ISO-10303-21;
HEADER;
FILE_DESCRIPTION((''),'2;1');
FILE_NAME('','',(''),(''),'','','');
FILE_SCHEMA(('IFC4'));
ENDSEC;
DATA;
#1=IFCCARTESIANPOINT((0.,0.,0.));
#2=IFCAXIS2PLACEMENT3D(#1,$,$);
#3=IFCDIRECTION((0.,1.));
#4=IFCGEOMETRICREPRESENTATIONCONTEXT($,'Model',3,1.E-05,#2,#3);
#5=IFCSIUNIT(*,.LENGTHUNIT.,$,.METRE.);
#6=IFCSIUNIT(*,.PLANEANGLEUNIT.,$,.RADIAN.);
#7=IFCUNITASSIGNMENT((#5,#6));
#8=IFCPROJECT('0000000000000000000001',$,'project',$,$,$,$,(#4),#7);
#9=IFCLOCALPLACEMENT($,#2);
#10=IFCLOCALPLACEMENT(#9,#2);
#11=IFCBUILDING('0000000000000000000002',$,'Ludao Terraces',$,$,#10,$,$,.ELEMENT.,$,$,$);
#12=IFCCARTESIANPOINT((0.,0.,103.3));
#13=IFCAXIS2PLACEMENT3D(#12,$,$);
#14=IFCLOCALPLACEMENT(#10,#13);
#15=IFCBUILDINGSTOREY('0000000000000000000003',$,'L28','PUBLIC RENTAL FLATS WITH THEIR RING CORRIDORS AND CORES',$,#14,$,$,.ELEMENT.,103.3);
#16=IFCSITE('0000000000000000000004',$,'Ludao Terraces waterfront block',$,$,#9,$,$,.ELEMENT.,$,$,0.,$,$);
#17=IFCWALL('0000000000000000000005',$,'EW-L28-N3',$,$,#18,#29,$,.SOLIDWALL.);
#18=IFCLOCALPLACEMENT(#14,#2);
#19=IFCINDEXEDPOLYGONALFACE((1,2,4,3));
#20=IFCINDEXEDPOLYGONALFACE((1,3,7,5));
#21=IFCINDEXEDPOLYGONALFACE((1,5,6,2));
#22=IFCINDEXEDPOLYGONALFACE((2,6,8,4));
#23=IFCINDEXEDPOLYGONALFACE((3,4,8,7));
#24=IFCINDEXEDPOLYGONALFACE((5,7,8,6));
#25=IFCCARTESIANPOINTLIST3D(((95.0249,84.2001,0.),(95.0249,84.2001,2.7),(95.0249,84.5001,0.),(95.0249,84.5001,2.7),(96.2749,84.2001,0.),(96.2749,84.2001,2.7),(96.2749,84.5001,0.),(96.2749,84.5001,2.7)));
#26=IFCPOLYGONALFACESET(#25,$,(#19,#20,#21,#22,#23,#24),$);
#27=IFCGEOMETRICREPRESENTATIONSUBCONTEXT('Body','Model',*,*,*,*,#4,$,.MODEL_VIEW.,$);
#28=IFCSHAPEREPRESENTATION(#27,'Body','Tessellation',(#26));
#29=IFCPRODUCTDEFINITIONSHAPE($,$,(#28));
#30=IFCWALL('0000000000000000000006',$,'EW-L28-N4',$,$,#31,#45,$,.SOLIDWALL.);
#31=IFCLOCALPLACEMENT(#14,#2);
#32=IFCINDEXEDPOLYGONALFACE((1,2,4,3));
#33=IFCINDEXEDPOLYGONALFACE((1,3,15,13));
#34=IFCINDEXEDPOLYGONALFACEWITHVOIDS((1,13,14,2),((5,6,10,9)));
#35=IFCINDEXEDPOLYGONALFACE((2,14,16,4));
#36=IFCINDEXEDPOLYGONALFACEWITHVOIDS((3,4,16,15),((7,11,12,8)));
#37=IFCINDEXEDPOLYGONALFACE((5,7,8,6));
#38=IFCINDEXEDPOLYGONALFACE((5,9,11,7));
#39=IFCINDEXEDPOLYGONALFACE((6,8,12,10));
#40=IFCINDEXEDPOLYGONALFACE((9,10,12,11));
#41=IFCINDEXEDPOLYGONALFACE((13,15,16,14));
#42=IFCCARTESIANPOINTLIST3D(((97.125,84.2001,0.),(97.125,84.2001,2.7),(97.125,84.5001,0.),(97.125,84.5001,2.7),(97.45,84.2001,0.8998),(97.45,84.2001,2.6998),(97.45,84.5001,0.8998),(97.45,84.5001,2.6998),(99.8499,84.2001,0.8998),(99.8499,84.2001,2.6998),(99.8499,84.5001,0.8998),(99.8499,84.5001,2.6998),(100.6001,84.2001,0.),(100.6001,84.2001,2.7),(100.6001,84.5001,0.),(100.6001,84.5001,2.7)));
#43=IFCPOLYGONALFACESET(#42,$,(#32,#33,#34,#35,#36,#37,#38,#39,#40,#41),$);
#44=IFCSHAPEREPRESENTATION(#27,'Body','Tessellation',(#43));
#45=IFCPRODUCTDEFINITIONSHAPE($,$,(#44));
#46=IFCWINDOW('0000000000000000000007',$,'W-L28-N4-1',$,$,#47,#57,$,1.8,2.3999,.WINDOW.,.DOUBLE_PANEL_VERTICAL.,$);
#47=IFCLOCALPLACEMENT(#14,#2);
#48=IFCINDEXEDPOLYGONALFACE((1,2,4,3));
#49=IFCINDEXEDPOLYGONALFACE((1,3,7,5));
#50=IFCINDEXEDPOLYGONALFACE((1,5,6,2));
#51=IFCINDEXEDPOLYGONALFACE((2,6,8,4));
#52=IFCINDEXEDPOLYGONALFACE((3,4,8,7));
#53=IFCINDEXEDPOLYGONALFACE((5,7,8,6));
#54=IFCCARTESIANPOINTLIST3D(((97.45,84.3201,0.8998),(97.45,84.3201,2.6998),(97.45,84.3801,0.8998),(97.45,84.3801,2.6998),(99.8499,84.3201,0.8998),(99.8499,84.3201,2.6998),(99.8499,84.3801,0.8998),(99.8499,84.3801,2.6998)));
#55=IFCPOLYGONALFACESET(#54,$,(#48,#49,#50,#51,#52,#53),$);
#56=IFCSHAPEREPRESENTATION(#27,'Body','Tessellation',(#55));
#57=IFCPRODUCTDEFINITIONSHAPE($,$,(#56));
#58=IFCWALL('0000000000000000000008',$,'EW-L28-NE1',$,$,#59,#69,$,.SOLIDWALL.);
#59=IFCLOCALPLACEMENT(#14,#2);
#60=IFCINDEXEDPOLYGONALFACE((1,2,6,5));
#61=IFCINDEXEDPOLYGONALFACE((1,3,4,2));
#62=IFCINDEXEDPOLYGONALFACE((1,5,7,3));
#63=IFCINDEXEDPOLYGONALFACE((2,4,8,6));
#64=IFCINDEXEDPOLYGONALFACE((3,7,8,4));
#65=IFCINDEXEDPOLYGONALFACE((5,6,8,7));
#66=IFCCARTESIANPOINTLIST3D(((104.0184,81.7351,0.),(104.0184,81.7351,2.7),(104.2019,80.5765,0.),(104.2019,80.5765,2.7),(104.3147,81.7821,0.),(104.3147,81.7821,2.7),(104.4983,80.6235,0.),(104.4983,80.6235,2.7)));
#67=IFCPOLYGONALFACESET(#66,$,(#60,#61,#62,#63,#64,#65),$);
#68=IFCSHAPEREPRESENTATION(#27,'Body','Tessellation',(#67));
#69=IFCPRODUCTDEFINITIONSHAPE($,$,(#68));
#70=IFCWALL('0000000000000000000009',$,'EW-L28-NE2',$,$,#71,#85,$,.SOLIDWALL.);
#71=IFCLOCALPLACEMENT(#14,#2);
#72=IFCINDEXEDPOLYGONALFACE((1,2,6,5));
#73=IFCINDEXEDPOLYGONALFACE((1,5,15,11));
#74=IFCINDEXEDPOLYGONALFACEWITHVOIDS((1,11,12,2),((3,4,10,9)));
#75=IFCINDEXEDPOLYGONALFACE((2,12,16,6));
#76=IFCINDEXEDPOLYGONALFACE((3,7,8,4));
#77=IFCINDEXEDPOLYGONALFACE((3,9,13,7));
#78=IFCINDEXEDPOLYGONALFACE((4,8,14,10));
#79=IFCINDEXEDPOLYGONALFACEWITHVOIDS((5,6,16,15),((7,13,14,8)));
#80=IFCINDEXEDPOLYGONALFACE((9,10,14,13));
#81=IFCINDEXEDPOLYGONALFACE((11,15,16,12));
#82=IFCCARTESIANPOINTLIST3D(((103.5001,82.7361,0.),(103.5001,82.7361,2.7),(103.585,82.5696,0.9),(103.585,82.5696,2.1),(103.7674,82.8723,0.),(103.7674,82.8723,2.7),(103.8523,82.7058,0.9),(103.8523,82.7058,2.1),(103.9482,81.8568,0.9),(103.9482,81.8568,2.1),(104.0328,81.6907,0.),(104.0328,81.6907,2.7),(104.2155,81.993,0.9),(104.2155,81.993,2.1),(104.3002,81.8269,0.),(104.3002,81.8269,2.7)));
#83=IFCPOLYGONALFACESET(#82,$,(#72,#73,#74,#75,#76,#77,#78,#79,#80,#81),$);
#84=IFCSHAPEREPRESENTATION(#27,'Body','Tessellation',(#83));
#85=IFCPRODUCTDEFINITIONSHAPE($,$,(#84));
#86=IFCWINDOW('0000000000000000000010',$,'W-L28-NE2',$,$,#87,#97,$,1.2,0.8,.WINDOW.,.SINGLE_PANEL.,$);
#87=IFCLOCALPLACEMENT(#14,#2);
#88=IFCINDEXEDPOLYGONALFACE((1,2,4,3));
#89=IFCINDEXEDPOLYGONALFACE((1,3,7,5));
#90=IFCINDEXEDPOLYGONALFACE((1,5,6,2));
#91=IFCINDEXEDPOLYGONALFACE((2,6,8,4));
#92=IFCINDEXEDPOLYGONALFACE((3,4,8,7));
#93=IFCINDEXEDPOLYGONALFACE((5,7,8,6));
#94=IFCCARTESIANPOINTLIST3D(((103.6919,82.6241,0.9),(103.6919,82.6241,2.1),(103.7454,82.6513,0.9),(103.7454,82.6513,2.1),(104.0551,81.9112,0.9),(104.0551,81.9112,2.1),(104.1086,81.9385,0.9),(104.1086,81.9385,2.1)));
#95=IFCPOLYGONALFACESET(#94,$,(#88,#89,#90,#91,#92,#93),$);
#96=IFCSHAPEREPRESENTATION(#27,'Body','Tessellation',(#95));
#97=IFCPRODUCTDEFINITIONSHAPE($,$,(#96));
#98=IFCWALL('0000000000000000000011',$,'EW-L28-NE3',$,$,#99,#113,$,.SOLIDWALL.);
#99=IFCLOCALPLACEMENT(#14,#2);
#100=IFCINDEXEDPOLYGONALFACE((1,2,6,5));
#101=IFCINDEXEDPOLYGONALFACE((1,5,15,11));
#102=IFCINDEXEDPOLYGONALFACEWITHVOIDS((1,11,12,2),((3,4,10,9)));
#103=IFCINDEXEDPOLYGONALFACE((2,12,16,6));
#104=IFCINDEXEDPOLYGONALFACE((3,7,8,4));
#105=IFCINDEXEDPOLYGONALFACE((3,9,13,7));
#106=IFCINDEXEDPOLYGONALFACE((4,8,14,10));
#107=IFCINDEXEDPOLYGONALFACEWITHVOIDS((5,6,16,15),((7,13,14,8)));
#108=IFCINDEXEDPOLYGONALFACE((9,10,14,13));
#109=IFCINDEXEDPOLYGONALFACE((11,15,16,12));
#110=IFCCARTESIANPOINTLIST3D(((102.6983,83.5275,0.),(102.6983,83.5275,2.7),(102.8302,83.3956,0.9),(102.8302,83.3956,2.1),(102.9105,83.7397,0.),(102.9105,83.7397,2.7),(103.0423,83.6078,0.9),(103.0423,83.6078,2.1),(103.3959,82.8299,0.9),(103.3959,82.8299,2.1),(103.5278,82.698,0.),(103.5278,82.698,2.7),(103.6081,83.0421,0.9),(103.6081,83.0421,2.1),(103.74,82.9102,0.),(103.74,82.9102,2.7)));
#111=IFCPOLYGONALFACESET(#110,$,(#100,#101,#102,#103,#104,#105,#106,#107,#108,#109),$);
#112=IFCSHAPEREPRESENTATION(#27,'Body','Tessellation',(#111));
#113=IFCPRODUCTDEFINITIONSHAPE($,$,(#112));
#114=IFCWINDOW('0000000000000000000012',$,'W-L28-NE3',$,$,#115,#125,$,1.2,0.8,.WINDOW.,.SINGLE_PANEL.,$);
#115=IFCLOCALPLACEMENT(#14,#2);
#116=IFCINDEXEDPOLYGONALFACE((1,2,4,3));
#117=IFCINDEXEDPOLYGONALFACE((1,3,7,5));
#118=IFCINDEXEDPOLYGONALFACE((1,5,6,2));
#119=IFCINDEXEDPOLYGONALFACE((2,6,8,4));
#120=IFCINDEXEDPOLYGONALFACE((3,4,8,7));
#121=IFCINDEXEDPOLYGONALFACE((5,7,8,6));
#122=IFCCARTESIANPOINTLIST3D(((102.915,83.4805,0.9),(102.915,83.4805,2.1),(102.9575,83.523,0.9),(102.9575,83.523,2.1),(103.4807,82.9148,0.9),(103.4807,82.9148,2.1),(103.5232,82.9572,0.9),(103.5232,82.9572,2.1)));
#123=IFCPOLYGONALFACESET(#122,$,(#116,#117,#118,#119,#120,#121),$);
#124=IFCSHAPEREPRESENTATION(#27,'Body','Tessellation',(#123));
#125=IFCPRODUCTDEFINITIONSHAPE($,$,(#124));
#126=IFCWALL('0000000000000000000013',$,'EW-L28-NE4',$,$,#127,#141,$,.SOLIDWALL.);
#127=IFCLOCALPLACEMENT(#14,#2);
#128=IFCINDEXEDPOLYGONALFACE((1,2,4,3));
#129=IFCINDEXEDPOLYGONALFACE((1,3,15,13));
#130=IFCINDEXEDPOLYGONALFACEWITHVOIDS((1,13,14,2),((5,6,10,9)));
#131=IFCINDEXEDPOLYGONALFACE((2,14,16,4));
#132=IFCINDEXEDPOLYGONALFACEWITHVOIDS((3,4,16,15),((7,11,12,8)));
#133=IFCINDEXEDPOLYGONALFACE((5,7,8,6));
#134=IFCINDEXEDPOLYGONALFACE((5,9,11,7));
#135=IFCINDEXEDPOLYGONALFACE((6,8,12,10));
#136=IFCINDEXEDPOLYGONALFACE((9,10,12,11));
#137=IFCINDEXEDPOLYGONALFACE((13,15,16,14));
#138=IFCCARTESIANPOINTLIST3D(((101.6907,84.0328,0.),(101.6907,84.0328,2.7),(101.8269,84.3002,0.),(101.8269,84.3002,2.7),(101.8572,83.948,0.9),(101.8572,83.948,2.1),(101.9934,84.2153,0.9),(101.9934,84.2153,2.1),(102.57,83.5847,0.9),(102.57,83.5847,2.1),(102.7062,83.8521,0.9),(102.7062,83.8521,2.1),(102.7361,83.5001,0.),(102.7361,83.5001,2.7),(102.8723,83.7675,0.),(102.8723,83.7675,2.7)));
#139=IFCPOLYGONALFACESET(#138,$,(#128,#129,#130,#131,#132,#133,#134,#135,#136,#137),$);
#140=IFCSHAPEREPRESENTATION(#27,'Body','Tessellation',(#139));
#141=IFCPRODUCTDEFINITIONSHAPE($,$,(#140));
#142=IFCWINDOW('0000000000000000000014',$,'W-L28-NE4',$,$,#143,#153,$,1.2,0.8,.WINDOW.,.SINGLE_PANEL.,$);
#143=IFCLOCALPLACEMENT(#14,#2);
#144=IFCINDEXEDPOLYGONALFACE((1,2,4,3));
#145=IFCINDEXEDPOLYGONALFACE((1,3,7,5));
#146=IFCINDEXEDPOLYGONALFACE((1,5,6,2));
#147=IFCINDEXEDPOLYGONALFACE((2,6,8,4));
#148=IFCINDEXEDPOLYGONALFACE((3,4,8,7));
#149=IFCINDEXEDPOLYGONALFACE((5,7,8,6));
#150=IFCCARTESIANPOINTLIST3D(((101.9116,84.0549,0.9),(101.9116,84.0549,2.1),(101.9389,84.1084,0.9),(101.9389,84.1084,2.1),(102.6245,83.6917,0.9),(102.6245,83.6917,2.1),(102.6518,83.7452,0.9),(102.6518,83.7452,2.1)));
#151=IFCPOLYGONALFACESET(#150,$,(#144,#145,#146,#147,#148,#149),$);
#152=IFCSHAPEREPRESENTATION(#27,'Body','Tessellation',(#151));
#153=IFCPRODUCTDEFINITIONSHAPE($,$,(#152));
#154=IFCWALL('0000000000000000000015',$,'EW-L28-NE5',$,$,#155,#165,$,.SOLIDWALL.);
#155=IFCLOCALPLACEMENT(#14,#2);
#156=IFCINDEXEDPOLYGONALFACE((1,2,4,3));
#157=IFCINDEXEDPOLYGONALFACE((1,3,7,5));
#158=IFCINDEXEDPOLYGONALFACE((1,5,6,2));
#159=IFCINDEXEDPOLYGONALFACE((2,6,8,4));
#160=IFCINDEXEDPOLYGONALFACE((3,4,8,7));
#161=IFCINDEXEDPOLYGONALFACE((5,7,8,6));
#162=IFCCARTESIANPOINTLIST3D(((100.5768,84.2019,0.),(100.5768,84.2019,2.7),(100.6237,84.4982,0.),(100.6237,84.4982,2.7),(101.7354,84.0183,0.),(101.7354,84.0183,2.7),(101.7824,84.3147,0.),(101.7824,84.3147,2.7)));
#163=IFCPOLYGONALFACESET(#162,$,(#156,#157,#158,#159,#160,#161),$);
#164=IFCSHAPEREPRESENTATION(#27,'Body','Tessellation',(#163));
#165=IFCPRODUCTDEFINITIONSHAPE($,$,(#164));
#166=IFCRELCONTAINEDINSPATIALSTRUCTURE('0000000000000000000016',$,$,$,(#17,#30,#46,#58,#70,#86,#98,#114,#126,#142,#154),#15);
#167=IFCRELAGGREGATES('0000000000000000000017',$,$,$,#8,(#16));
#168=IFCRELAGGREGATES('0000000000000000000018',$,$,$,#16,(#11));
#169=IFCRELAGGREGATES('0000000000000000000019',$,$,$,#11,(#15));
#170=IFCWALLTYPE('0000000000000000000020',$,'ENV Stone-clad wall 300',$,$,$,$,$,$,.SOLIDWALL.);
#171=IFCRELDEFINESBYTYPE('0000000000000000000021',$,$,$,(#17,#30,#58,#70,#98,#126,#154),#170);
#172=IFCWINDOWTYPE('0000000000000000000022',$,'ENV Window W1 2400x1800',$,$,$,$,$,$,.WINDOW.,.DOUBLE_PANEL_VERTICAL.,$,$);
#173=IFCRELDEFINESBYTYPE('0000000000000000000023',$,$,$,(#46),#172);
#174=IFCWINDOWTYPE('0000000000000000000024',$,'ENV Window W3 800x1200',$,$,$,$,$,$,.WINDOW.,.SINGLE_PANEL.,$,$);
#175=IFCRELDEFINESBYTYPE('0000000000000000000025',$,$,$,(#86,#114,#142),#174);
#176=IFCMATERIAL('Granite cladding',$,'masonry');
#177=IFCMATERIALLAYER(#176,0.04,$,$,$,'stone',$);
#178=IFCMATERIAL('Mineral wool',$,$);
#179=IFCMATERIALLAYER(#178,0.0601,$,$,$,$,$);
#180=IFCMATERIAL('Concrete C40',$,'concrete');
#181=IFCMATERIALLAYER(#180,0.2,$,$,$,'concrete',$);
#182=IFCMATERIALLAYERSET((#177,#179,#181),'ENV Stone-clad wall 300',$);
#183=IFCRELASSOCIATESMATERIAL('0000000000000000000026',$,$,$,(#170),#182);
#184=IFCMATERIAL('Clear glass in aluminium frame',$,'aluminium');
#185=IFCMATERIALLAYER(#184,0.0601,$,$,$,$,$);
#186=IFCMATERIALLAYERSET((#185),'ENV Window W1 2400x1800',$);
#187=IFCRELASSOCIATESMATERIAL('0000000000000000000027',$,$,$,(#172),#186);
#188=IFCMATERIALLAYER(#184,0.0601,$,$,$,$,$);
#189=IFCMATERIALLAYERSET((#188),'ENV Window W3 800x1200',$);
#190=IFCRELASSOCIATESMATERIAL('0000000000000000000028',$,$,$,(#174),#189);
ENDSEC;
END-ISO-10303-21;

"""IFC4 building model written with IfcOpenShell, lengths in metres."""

from ifc_helpers import new_model, si_unit, direction, frame, frame_2d, origin, place, context, subcontext, project, spatial, rectangle, extrude, material, layer, layer_set, type_object, element, fill, save


model = new_model("IFC4")

# Units and contexts
model_context = context("Model", 3, precision=1e-05, world=origin(), true_north=direction((0.0, 1.0)))
body_context = subcontext(model_context, "Body", "Model", "MODEL_VIEW")
ifc_project = project(units=[si_unit("LENGTHUNIT", "METRE"), si_unit("PLANEANGLEUNIT", "RADIAN")], contexts=[model_context])

# Site, building, storey
site_placement = place(None, origin())
site = spatial("IfcSite", under=ifc_project, at=site_placement, Name="Ludao Terraces waterfront block", CompositionType="ELEMENT", RefElevation=0.0)
building_placement = place(site_placement, origin())
building = spatial("IfcBuilding", under=site, at=building_placement, Name="Ludao Terraces", CompositionType="ELEMENT")
storey_placement = place(building_placement, frame((0.0, 0.0, 103.3)))
storey = spatial("IfcBuildingStorey", under=building, at=storey_placement, Name="L28", Description="PUBLIC RENTAL FLATS WITH THEIR RING CORRIDORS AND CORES", CompositionType="ELEMENT", Elevation=103.3)

# Shared definitions
ifc_material_1 = material(Name="Concrete C40", Category="concrete")

# Shared definitions
ifc_material_2 = material(Name="Granite cladding", Category="masonry")
ifc_layer_1 = layer(ifc_material_2, 0.04, Category="stone")
ifc_material_3 = material(Name="Mineral wool")
ifc_layer_2 = layer(ifc_material_3, 0.0601)
ifc_layer_3 = layer(ifc_material_1, 0.2, Category="concrete")
ifc_layer_set_1 = layer_set([ifc_layer_1, ifc_layer_2, ifc_layer_3], Name="ENV Stone-clad wall 300")
wall_type_1 = type_object("IfcWallType", Name="ENV Stone-clad wall 300", PredefinedType="SOLIDWALL", material=ifc_layer_set_1)
ifc_material_4 = material(Name="Clear glass in aluminium frame", Category="aluminium")
ifc_layer_4 = layer(ifc_material_4, 0.0601)
ifc_layer_set_2 = layer_set([ifc_layer_4], Name="ENV Window W1 2400x1800")
window_type_1 = type_object("IfcWindowType", Name="ENV Window W1 2400x1800", PartitioningType="DOUBLE_PANEL_VERTICAL", PredefinedType="WINDOW", material=ifc_layer_set_2)

# Wall
wall_1_placement = place(storey_placement, frame((95.0249, 84.3501, 0.0), z_axis=(0.0, 0.0, 1.0), x_axis=(1.0, 0.0, 0.0)))
element("IfcWall", 1, at=wall_1_placement, inside=storey, type_object=wall_type_1, Name="EW-L28-N3", PredefinedType="SOLIDWALL", context=body_context, shape_type="SweptSolid", body=[
    extrude(rectangle(XDim=1.25, YDim=0.3, at=frame_2d((0.625, 0.0))), origin(), (0.0, 0.0, 1.0), 2.7),
])

# Wall, opening, window
wall_2_placement = place(storey_placement, frame((97.125, 84.3501, 0.0), z_axis=(0.0, 0.0, 1.0), x_axis=(1.0, 0.0, 0.0)))
wall_2 = element("IfcWall", 2, at=wall_2_placement, inside=storey, type_object=wall_type_1, Name="EW-L28-N4", PredefinedType="SOLIDWALL", context=body_context, shape_type="SweptSolid", body=[
    extrude(rectangle(XDim=3.4751, YDim=0.3, at=frame_2d((1.7375, 0.0))), origin(), (0.0, 0.0, 1.0), 2.7),
])
opening_1_placement = place(wall_2_placement, frame((0.325, 0.0, 0.8999)))
opening_1 = element("IfcOpeningElement", 3, at=opening_1_placement, cuts=wall_2, PredefinedType="OPENING", context=body_context, shape_type="SweptSolid", body=[
    extrude(rectangle(XDim=2.3999, YDim=1.8, at=frame_2d((1.2, 0.8999))), frame((0.0, 0.1602, 0.0), z_axis=(0.0, -1.0, 0.0), x_axis=(1.0, 0.0, 0.0)), (0.0, 0.0, 1.0), 0.3201),
])
window_1_placement = place(opening_1_placement, origin())
window_1 = element("IfcWindow", 4, at=window_1_placement, inside=storey, type_object=window_type_1, Name="W-L28-N4-1", OverallHeight=1.8, OverallWidth=2.3999, PartitioningType="DOUBLE_PANEL_VERTICAL", PredefinedType="WINDOW", context=body_context, shape_type="SweptSolid", body=[
    extrude(rectangle(XDim=2.3999, YDim=1.8, at=frame_2d((1.2, 0.8999))), frame((0.0, 0.03, 0.0), z_axis=(0.0, -1.0, 0.0), x_axis=(1.0, 0.0, 0.0)), (0.0, 0.0, 1.0), 0.0601),
])
fill(opening_1, window_1)

# Wall
wall_3_placement = place(storey_placement, frame((104.3501, 80.6001, 0.0), z_axis=(0.0, 0.0, 1.0), x_axis=(-0.156497, 0.987678, 0.0)))
element("IfcWall", 5, at=wall_3_placement, inside=storey, type_object=wall_type_1, Name="EW-L28-NE1", PredefinedType="SOLIDWALL", context=body_context, shape_type="SweptSolid", body=[
    extrude(rectangle(XDim=1.1731, YDim=0.3, at=frame_2d((0.5864, 0.0))), origin(), (0.0, 0.0, 1.0), 2.7),
])

# Walls, openings, windows
wall_4_placement = place(storey_placement, frame((104.1665, 81.7588, 0.0), z_axis=(0.0, 0.0, 1.0), x_axis=(-0.454026, 0.890989, 0.0)))
wall_4 = element("IfcWall", 6, at=wall_4_placement, inside=storey, type_object=wall_type_1, Name="EW-L28-NE2", PredefinedType="SOLIDWALL", context=body_context, shape_type="SweptSolid", body=[
    extrude(rectangle(XDim=1.1733, YDim=0.3, at=frame_2d((0.5867, 0.0))), origin(), (0.0, 0.0, 1.0), 2.7),
])
opening_2_placement = place(wall_4_placement, frame((0.1865, 0.0, 0.8999)))
opening_2 = element("IfcOpeningElement", 7, at=opening_2_placement, cuts=wall_4, PredefinedType="OPENING", context=body_context, shape_type="SweptSolid", body=[
    extrude(rectangle(XDim=0.8, YDim=1.2, at=frame_2d((0.3999, 0.6001))), frame((0.0, 0.1602, 0.0), z_axis=(0.0, -1.0, 0.0), x_axis=(1.0, 0.0, 0.0)), (0.0, 0.0, 1.0), 0.3201),
])
ifc_layer_5 = layer(ifc_material_4, 0.0601)
ifc_layer_set_3 = layer_set([ifc_layer_5], Name="ENV Window W3 800x1200")
window_type_2 = type_object("IfcWindowType", Name="ENV Window W3 800x1200", PartitioningType="SINGLE_PANEL", PredefinedType="WINDOW", material=ifc_layer_set_3)
window_2_placement = place(opening_2_placement, origin())
window_2 = element("IfcWindow", 8, at=window_2_placement, inside=storey, type_object=window_type_2, Name="W-L28-NE2", OverallHeight=1.2, OverallWidth=0.8, PartitioningType="SINGLE_PANEL", PredefinedType="WINDOW", context=body_context, shape_type="SweptSolid", body=[
    extrude(rectangle(XDim=0.8, YDim=1.2, at=frame_2d((0.3999, 0.6001))), frame((0.0, 0.03, 0.0), z_axis=(0.0, -1.0, 0.0), x_axis=(1.0, 0.0, 0.0)), (0.0, 0.0, 1.0), 0.0601),
])
fill(opening_2, window_2)
wall_5_placement = place(storey_placement, frame((103.6338, 82.8042, 0.0), z_axis=(0.0, 0.0, 1.0), x_axis=(-0.707107, 0.707107, 0.0)))
wall_5 = element("IfcWall", 9, at=wall_5_placement, inside=storey, type_object=wall_type_1, Name="EW-L28-NE3", PredefinedType="SOLIDWALL", context=body_context, shape_type="SweptSolid", body=[
    extrude(rectangle(XDim=1.1731, YDim=0.3, at=frame_2d((0.5864, 0.0))), origin(), (0.0, 0.0, 1.0), 2.7),
])
opening_3_placement = place(wall_5_placement, frame((0.1865, 0.0, 0.8999)))
opening_3 = element("IfcOpeningElement", 10, at=opening_3_placement, cuts=wall_5, PredefinedType="OPENING", context=body_context, shape_type="SweptSolid", body=[
    extrude(rectangle(XDim=0.8, YDim=1.2, at=frame_2d((0.3999, 0.6001))), frame((0.0, 0.1602, 0.0), z_axis=(0.0, -1.0, 0.0), x_axis=(1.0, 0.0, 0.0)), (0.0, 0.0, 1.0), 0.3201),
])
window_3_placement = place(opening_3_placement, origin())
window_3 = element("IfcWindow", 11, at=window_3_placement, inside=storey, type_object=window_type_2, Name="W-L28-NE3", OverallHeight=1.2, OverallWidth=0.8, PartitioningType="SINGLE_PANEL", PredefinedType="WINDOW", context=body_context, shape_type="SweptSolid", body=[
    extrude(rectangle(XDim=0.8, YDim=1.2, at=frame_2d((0.3999, 0.6001))), frame((0.0, 0.03, 0.0), z_axis=(0.0, -1.0, 0.0), x_axis=(1.0, 0.0, 0.0)), (0.0, 0.0, 1.0), 0.0601),
])
fill(opening_3, window_3)
wall_6_placement = place(storey_placement, frame((102.8042, 83.6338, 0.0), z_axis=(0.0, 0.0, 1.0), x_axis=(-0.890989, 0.454026, 0.0)))
wall_6 = element("IfcWall", 12, at=wall_6_placement, inside=storey, type_object=wall_type_1, Name="EW-L28-NE4", PredefinedType="SOLIDWALL", context=body_context, shape_type="SweptSolid", body=[
    extrude(rectangle(XDim=1.1733, YDim=0.3, at=frame_2d((0.5867, 0.0))), origin(), (0.0, 0.0, 1.0), 2.7),
])
opening_4_placement = place(wall_6_placement, frame((0.1865, 0.0, 0.8999)))
opening_4 = element("IfcOpeningElement", 13, at=opening_4_placement, cuts=wall_6, PredefinedType="OPENING", context=body_context, shape_type="SweptSolid", body=[
    extrude(rectangle(XDim=0.8, YDim=1.2, at=frame_2d((0.3999, 0.6001))), frame((0.0, 0.1602, 0.0), z_axis=(0.0, -1.0, 0.0), x_axis=(1.0, 0.0, 0.0)), (0.0, 0.0, 1.0), 0.3201),
])
window_4_placement = place(opening_4_placement, origin())
window_4 = element("IfcWindow", 14, at=window_4_placement, inside=storey, type_object=window_type_2, Name="W-L28-NE4", OverallHeight=1.2, OverallWidth=0.8, PartitioningType="SINGLE_PANEL", PredefinedType="WINDOW", context=body_context, shape_type="SweptSolid", body=[
    extrude(rectangle(XDim=0.8, YDim=1.2, at=frame_2d((0.3999, 0.6001))), frame((0.0, 0.03, 0.0), z_axis=(0.0, -1.0, 0.0), x_axis=(1.0, 0.0, 0.0)), (0.0, 0.0, 1.0), 0.0601),
])
fill(opening_4, window_4)

# Wall
wall_7_placement = place(storey_placement, frame((101.7588, 84.1665, 0.0), z_axis=(0.0, 0.0, 1.0), x_axis=(-0.987678, 0.156497, 0.0)))
element("IfcWall", 15, at=wall_7_placement, inside=storey, type_object=wall_type_1, Name="EW-L28-NE5", PredefinedType="SOLIDWALL", context=body_context, shape_type="SweptSolid", body=[
    extrude(rectangle(XDim=1.1731, YDim=0.3, at=frame_2d((0.5864, 0.0))), origin(), (0.0, 0.0, 1.0), 2.7),
])

save(model, "model.ifc")
